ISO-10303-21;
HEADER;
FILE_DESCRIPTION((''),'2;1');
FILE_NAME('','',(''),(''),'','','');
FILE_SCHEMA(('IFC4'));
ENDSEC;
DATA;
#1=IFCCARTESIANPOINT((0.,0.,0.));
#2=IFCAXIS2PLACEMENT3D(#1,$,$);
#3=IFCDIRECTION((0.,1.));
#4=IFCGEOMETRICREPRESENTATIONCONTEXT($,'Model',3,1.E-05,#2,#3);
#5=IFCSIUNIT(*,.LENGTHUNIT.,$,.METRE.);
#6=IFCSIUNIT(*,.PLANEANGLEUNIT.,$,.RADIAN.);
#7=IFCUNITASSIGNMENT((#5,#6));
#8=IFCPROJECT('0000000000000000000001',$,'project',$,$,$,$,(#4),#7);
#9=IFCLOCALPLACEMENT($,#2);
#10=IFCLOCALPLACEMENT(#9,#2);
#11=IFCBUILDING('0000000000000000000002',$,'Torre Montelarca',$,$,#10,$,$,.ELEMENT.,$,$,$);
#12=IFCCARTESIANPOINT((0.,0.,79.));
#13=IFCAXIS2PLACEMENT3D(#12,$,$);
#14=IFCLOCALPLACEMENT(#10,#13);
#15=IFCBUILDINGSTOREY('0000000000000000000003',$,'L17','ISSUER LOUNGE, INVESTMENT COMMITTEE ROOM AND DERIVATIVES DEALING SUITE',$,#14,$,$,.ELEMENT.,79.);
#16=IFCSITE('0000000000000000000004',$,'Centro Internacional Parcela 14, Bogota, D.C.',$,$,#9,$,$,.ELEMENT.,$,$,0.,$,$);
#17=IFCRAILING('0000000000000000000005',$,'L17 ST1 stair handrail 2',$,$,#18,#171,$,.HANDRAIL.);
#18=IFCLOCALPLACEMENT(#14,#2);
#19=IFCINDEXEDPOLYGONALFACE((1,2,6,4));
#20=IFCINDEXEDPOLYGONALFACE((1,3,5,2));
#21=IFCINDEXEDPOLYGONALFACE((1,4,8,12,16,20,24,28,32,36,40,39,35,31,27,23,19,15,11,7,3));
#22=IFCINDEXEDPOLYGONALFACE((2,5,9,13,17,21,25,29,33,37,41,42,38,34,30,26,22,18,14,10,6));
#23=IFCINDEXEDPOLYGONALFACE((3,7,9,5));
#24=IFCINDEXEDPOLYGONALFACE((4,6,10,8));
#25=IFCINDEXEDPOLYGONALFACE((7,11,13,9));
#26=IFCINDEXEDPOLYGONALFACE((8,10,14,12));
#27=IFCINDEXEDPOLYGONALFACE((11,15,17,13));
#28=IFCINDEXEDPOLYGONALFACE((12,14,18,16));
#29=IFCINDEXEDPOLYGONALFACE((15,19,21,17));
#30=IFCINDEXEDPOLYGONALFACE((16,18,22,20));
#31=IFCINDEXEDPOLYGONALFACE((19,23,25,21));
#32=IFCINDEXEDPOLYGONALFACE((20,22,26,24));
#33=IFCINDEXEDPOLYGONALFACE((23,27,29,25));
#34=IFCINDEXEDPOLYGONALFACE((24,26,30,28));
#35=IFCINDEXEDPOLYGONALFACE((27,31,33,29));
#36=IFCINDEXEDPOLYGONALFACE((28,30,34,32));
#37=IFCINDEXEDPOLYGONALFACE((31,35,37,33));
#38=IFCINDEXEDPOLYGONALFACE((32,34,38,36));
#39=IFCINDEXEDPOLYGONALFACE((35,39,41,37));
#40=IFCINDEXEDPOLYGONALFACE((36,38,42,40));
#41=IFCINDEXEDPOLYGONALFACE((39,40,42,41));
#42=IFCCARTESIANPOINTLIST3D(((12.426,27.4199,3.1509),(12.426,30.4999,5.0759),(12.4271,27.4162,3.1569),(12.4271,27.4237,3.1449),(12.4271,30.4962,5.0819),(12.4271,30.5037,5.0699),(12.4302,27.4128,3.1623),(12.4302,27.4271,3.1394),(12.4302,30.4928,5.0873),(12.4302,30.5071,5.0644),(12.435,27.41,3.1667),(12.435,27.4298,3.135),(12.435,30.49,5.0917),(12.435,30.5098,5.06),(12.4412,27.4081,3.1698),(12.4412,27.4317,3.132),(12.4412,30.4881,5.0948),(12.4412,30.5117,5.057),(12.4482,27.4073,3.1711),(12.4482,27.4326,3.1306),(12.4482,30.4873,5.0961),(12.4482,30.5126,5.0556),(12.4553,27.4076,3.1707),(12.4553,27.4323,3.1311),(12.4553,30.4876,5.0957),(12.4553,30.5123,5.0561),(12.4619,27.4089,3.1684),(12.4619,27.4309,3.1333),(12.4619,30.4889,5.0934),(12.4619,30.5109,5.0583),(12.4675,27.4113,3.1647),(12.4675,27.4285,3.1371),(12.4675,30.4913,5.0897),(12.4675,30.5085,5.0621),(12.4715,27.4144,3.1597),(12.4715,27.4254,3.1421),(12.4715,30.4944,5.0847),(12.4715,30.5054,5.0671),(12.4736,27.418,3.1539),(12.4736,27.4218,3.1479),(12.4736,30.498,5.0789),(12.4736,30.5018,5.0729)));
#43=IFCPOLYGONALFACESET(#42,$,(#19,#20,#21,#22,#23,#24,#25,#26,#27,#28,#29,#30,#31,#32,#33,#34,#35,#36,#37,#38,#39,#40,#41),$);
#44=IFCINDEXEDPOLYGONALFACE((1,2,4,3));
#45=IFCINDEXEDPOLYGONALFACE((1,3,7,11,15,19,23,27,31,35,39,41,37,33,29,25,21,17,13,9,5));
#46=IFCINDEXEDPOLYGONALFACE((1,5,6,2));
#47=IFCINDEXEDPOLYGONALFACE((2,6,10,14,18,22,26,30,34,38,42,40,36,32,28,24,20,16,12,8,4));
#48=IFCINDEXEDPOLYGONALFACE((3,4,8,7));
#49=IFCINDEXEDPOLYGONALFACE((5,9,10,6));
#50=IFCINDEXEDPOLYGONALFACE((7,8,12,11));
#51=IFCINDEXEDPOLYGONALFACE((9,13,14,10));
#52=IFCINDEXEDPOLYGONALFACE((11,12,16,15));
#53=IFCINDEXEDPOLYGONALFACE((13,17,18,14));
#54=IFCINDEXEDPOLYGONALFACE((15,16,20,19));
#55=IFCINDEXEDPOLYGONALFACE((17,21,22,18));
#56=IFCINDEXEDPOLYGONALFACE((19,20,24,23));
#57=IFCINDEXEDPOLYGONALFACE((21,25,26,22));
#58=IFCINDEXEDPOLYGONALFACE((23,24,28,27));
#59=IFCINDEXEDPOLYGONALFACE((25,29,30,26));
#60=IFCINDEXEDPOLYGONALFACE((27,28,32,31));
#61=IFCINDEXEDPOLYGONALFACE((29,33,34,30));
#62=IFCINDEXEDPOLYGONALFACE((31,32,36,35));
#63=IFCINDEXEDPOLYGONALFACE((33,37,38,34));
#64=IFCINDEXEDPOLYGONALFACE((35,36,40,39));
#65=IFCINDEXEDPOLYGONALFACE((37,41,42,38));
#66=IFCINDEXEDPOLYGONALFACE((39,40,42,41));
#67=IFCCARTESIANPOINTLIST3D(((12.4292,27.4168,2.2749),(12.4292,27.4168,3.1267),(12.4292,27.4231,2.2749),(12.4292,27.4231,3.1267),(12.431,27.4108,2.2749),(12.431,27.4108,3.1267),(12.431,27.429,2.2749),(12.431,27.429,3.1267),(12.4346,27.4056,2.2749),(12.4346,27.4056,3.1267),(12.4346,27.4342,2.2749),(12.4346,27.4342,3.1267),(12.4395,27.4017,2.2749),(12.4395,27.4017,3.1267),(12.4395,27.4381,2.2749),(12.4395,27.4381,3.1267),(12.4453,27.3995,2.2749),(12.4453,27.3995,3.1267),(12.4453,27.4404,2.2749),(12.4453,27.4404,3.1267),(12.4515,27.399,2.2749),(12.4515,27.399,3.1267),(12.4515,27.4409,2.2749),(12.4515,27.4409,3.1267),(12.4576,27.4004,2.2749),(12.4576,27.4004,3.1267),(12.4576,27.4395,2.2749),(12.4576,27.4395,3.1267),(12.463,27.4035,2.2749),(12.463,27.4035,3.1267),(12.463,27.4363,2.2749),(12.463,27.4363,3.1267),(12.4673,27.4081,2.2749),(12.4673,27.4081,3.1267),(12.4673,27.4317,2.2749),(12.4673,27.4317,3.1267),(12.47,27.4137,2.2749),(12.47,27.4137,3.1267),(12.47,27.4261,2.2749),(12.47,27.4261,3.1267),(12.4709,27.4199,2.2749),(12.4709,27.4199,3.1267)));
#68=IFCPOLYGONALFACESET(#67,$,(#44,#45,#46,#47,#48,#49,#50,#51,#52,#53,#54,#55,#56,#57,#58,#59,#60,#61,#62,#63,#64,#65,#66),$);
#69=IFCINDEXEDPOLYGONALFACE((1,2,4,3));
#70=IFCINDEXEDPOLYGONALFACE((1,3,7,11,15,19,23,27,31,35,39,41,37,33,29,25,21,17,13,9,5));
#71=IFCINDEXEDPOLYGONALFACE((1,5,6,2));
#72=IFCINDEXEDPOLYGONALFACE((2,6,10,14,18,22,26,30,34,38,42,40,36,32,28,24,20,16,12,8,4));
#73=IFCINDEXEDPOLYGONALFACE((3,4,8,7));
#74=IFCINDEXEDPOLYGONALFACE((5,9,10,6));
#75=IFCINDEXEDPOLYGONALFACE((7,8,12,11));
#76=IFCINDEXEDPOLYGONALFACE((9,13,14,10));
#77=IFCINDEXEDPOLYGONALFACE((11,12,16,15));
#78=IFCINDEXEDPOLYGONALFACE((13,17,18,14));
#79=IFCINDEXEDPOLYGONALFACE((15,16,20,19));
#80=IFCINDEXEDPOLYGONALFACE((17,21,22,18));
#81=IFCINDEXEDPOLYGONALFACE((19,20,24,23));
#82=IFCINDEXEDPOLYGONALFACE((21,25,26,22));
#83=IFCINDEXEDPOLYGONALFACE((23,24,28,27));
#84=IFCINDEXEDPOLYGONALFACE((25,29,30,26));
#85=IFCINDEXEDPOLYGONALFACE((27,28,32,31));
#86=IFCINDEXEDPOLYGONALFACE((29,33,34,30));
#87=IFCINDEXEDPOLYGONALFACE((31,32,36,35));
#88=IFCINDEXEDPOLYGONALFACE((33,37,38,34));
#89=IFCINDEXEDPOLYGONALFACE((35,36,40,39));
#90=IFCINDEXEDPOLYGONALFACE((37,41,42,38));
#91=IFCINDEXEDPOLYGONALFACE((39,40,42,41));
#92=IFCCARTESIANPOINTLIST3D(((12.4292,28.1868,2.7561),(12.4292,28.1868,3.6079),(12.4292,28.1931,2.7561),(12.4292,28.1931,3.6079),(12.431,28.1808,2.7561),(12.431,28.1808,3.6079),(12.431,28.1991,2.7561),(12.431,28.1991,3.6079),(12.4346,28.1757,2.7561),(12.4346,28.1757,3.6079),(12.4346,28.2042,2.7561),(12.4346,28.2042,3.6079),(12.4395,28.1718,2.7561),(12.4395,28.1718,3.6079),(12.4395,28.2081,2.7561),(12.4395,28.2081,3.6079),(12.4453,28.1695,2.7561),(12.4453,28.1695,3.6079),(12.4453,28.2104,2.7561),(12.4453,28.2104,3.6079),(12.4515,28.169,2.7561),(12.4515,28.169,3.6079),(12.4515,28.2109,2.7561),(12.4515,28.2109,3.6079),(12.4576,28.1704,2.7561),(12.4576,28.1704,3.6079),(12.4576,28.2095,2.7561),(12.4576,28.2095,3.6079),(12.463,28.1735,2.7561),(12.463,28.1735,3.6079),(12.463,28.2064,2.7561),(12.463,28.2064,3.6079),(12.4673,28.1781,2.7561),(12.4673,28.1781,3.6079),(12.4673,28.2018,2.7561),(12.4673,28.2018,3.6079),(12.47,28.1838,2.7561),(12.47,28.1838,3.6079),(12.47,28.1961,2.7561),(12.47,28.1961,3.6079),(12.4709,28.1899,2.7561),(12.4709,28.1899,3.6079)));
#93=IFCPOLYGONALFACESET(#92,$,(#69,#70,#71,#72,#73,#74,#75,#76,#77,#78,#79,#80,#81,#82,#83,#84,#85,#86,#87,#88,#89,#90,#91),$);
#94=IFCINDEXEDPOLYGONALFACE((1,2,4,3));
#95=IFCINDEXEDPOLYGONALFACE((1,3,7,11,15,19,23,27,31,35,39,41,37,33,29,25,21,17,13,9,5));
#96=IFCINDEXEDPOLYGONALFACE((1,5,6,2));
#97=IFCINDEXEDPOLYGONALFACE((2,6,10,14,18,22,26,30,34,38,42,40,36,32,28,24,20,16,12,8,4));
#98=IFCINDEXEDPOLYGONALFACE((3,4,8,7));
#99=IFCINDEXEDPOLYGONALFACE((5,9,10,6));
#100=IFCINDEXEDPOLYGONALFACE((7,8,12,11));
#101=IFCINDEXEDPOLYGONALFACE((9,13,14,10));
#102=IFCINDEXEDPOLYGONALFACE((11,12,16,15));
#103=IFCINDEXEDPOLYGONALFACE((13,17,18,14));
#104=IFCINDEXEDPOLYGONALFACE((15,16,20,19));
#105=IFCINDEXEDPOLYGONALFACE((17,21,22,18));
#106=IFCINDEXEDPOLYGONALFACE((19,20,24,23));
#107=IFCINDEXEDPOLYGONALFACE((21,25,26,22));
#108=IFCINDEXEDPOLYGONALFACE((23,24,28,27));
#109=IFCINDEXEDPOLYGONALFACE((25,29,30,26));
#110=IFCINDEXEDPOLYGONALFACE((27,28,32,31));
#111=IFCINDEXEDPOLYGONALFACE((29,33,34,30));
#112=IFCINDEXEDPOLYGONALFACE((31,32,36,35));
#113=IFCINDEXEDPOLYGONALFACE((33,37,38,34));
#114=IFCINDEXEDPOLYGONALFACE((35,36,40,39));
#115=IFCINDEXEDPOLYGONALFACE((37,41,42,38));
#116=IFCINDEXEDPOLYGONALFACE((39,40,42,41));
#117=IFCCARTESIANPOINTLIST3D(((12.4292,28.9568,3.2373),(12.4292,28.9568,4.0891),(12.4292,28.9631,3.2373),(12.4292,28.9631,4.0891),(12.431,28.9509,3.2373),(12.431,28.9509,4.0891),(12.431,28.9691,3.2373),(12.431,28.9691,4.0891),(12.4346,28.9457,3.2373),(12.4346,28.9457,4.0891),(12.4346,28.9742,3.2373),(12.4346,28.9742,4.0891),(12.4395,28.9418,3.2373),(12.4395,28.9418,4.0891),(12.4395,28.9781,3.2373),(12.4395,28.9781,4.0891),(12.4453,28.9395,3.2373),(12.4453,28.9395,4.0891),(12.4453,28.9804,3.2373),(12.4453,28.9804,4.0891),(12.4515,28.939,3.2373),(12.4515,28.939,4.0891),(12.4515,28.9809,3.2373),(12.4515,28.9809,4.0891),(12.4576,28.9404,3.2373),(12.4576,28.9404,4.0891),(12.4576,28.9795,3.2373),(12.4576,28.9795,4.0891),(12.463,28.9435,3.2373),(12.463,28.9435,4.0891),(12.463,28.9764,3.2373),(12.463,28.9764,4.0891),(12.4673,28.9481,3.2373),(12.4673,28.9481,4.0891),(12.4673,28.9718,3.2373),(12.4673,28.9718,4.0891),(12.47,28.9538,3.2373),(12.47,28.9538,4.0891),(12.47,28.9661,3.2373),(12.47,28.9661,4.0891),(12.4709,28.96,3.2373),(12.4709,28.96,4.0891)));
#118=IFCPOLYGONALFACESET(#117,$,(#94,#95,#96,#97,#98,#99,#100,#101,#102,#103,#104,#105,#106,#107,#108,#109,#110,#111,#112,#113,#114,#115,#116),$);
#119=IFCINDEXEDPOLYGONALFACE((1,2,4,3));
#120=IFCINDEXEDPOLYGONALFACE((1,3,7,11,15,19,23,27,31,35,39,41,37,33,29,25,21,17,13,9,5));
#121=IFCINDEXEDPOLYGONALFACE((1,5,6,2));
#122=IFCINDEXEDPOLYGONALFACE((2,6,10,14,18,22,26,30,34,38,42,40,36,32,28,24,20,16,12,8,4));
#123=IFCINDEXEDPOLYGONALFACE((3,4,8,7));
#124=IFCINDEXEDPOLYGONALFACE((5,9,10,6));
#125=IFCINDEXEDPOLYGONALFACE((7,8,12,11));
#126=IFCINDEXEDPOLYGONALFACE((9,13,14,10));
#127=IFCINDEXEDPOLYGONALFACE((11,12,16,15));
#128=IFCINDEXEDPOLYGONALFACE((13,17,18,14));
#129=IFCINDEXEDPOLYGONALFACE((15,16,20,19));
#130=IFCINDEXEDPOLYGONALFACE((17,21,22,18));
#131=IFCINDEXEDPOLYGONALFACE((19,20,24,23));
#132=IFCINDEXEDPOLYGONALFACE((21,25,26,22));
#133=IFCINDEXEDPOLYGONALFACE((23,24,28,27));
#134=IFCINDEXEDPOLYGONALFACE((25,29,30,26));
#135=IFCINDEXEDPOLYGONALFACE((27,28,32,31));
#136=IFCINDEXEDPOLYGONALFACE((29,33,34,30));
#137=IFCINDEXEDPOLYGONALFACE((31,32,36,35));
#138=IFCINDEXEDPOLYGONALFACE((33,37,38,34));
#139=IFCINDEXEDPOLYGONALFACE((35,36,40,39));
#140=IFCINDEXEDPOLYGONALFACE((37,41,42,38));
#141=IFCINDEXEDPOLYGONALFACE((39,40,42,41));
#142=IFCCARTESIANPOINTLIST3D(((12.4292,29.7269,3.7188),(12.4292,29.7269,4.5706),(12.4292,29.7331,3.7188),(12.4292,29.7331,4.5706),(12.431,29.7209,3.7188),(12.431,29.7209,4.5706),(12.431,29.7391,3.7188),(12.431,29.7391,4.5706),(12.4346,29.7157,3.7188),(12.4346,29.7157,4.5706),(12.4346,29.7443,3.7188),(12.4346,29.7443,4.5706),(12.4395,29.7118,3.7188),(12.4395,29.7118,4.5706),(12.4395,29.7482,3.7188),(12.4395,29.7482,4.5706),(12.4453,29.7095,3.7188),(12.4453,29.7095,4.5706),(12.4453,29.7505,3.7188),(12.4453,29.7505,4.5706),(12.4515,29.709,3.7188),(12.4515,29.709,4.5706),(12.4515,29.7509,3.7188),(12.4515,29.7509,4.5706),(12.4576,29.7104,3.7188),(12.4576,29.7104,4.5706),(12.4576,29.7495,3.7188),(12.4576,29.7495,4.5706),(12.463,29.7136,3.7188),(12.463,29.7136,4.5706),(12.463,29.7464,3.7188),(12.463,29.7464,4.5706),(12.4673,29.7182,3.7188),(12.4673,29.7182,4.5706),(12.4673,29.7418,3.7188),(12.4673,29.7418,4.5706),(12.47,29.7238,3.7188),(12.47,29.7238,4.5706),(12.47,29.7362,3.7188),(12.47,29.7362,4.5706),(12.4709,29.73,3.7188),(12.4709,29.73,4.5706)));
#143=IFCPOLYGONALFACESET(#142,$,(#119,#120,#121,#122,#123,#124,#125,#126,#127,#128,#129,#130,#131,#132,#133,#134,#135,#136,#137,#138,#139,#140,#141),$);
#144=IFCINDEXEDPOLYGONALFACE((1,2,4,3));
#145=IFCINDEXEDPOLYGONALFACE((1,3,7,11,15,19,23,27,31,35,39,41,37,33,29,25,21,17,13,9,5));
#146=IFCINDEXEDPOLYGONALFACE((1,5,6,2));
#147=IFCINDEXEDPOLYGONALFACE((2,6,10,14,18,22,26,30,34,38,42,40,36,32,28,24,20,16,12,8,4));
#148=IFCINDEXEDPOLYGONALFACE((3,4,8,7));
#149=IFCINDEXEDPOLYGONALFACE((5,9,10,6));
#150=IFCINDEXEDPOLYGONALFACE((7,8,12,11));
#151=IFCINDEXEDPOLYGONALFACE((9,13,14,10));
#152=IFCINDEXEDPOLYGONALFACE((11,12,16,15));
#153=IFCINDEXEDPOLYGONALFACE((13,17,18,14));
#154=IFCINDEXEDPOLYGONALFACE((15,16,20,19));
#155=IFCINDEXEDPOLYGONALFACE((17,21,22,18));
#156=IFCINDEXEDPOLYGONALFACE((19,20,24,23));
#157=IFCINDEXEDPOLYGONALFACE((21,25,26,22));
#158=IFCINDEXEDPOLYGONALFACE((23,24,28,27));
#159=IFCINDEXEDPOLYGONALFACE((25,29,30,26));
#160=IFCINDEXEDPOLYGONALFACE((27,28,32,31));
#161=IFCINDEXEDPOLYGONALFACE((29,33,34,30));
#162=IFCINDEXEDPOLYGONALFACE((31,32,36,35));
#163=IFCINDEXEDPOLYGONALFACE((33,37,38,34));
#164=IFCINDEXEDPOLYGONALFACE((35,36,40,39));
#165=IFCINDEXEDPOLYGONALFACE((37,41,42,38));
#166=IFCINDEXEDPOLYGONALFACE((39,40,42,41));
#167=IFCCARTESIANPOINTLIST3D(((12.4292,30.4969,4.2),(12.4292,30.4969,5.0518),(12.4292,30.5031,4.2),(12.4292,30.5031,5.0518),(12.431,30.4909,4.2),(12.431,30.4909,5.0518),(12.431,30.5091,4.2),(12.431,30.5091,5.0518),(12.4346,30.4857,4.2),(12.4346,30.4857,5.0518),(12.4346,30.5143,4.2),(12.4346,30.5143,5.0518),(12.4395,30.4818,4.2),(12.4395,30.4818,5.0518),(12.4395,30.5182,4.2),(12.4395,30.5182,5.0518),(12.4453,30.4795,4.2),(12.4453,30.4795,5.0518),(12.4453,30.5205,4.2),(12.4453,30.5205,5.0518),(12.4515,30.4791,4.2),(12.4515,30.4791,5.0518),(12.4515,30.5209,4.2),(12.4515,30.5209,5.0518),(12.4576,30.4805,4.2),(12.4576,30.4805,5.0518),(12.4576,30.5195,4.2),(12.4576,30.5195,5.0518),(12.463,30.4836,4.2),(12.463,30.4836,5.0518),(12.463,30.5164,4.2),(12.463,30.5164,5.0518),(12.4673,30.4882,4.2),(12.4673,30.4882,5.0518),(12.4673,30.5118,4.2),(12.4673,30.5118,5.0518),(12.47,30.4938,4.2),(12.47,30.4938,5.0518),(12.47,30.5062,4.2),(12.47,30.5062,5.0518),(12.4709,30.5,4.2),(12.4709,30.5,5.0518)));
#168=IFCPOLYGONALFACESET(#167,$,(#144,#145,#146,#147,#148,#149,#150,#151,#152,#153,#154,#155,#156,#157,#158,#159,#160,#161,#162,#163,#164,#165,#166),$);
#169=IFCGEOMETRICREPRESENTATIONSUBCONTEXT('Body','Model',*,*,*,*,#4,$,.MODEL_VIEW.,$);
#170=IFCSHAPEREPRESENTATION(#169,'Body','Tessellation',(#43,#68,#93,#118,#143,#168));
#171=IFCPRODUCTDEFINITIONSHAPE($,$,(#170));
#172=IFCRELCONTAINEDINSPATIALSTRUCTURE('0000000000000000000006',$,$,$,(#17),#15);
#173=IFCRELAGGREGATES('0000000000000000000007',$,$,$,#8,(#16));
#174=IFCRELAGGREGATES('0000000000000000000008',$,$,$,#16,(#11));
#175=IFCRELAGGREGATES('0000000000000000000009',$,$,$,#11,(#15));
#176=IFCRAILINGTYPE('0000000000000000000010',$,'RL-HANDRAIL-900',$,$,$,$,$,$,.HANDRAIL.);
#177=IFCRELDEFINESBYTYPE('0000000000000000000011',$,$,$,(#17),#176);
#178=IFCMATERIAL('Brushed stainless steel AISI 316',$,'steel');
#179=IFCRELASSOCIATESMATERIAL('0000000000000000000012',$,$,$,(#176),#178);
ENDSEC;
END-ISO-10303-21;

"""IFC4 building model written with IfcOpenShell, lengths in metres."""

from ifc_helpers import new_model, si_unit, direction, frame, origin, origin_2d, place, context, subcontext, project, spatial, circle, extrude, material, type_object, element, save


model = new_model("IFC4")

# Units and contexts
model_context = context("Model", 3, precision=1e-05, world=origin(), true_north=direction((0.0, 1.0)))
body_context = subcontext(model_context, "Body", "Model", "MODEL_VIEW")
ifc_project = project(units=[si_unit("LENGTHUNIT", "METRE"), si_unit("PLANEANGLEUNIT", "RADIAN")], contexts=[model_context])

# Site, building, storey
site_placement = place(None, origin())
site = spatial("IfcSite", under=ifc_project, at=site_placement, Name="Centro Internacional Parcela 14, Bogota, D.C.", CompositionType="ELEMENT", RefElevation=0.0)
building_placement = place(site_placement, origin())
building = spatial("IfcBuilding", under=site, at=building_placement, Name="Torre Montelarca", CompositionType="ELEMENT")
storey_placement = place(building_placement, frame((0.0, 0.0, 79.0)))
storey = spatial("IfcBuildingStorey", under=building, at=storey_placement, Name="L17", Description="ISSUER LOUNGE, INVESTMENT COMMITTEE ROOM AND DERIVATIVES DEALING SUITE", CompositionType="ELEMENT", Elevation=79.0)

# Shared definitions
ifc_material_1 = material(Name="Brushed stainless steel AISI 316", Category="steel")

# Railing
railing_type_1 = type_object("IfcRailingType", Name="RL-HANDRAIL-900", PredefinedType="HANDRAIL", material=ifc_material_1)
railing_1_placement = place(storey_placement, frame((12.45, 27.4199, 2.2749)))
element("IfcRailing", 1, at=railing_1_placement, inside=storey, type_object=railing_type_1, Name="L17 ST1 stair handrail 2", PredefinedType="HANDRAIL", context=body_context, shape_type="SweptSolid", body=[
    extrude(circle(Radius=0.0239, at=origin_2d()), frame((0.0, 0.0, 0.876), z_axis=(0.0, 0.847998, 0.529999), x_axis=(-1.0, 0.0, 0.0)), (0.0, 0.0, 1.0), 3.6321),
    extrude(circle(Radius=0.021, at=origin_2d()), origin(), (0.0, 0.0, 1.0), 0.8518),
    extrude(circle(Radius=0.021, at=origin_2d()), frame((0.0, 0.77, 0.4812)), (0.0, 0.0, 1.0), 0.8518),
    extrude(circle(Radius=0.021, at=origin_2d()), frame((0.0, 1.54, 0.9624)), (0.0, 0.0, 1.0), 0.8518),
    extrude(circle(Radius=0.021, at=origin_2d()), frame((0.0, 2.3101, 1.4438)), (0.0, 0.0, 1.0), 0.8518),
    extrude(circle(Radius=0.021, at=origin_2d()), frame((0.0, 3.0801, 1.925)), (0.0, 0.0, 1.0), 0.8518),
])

save(model, "model.ifc")
